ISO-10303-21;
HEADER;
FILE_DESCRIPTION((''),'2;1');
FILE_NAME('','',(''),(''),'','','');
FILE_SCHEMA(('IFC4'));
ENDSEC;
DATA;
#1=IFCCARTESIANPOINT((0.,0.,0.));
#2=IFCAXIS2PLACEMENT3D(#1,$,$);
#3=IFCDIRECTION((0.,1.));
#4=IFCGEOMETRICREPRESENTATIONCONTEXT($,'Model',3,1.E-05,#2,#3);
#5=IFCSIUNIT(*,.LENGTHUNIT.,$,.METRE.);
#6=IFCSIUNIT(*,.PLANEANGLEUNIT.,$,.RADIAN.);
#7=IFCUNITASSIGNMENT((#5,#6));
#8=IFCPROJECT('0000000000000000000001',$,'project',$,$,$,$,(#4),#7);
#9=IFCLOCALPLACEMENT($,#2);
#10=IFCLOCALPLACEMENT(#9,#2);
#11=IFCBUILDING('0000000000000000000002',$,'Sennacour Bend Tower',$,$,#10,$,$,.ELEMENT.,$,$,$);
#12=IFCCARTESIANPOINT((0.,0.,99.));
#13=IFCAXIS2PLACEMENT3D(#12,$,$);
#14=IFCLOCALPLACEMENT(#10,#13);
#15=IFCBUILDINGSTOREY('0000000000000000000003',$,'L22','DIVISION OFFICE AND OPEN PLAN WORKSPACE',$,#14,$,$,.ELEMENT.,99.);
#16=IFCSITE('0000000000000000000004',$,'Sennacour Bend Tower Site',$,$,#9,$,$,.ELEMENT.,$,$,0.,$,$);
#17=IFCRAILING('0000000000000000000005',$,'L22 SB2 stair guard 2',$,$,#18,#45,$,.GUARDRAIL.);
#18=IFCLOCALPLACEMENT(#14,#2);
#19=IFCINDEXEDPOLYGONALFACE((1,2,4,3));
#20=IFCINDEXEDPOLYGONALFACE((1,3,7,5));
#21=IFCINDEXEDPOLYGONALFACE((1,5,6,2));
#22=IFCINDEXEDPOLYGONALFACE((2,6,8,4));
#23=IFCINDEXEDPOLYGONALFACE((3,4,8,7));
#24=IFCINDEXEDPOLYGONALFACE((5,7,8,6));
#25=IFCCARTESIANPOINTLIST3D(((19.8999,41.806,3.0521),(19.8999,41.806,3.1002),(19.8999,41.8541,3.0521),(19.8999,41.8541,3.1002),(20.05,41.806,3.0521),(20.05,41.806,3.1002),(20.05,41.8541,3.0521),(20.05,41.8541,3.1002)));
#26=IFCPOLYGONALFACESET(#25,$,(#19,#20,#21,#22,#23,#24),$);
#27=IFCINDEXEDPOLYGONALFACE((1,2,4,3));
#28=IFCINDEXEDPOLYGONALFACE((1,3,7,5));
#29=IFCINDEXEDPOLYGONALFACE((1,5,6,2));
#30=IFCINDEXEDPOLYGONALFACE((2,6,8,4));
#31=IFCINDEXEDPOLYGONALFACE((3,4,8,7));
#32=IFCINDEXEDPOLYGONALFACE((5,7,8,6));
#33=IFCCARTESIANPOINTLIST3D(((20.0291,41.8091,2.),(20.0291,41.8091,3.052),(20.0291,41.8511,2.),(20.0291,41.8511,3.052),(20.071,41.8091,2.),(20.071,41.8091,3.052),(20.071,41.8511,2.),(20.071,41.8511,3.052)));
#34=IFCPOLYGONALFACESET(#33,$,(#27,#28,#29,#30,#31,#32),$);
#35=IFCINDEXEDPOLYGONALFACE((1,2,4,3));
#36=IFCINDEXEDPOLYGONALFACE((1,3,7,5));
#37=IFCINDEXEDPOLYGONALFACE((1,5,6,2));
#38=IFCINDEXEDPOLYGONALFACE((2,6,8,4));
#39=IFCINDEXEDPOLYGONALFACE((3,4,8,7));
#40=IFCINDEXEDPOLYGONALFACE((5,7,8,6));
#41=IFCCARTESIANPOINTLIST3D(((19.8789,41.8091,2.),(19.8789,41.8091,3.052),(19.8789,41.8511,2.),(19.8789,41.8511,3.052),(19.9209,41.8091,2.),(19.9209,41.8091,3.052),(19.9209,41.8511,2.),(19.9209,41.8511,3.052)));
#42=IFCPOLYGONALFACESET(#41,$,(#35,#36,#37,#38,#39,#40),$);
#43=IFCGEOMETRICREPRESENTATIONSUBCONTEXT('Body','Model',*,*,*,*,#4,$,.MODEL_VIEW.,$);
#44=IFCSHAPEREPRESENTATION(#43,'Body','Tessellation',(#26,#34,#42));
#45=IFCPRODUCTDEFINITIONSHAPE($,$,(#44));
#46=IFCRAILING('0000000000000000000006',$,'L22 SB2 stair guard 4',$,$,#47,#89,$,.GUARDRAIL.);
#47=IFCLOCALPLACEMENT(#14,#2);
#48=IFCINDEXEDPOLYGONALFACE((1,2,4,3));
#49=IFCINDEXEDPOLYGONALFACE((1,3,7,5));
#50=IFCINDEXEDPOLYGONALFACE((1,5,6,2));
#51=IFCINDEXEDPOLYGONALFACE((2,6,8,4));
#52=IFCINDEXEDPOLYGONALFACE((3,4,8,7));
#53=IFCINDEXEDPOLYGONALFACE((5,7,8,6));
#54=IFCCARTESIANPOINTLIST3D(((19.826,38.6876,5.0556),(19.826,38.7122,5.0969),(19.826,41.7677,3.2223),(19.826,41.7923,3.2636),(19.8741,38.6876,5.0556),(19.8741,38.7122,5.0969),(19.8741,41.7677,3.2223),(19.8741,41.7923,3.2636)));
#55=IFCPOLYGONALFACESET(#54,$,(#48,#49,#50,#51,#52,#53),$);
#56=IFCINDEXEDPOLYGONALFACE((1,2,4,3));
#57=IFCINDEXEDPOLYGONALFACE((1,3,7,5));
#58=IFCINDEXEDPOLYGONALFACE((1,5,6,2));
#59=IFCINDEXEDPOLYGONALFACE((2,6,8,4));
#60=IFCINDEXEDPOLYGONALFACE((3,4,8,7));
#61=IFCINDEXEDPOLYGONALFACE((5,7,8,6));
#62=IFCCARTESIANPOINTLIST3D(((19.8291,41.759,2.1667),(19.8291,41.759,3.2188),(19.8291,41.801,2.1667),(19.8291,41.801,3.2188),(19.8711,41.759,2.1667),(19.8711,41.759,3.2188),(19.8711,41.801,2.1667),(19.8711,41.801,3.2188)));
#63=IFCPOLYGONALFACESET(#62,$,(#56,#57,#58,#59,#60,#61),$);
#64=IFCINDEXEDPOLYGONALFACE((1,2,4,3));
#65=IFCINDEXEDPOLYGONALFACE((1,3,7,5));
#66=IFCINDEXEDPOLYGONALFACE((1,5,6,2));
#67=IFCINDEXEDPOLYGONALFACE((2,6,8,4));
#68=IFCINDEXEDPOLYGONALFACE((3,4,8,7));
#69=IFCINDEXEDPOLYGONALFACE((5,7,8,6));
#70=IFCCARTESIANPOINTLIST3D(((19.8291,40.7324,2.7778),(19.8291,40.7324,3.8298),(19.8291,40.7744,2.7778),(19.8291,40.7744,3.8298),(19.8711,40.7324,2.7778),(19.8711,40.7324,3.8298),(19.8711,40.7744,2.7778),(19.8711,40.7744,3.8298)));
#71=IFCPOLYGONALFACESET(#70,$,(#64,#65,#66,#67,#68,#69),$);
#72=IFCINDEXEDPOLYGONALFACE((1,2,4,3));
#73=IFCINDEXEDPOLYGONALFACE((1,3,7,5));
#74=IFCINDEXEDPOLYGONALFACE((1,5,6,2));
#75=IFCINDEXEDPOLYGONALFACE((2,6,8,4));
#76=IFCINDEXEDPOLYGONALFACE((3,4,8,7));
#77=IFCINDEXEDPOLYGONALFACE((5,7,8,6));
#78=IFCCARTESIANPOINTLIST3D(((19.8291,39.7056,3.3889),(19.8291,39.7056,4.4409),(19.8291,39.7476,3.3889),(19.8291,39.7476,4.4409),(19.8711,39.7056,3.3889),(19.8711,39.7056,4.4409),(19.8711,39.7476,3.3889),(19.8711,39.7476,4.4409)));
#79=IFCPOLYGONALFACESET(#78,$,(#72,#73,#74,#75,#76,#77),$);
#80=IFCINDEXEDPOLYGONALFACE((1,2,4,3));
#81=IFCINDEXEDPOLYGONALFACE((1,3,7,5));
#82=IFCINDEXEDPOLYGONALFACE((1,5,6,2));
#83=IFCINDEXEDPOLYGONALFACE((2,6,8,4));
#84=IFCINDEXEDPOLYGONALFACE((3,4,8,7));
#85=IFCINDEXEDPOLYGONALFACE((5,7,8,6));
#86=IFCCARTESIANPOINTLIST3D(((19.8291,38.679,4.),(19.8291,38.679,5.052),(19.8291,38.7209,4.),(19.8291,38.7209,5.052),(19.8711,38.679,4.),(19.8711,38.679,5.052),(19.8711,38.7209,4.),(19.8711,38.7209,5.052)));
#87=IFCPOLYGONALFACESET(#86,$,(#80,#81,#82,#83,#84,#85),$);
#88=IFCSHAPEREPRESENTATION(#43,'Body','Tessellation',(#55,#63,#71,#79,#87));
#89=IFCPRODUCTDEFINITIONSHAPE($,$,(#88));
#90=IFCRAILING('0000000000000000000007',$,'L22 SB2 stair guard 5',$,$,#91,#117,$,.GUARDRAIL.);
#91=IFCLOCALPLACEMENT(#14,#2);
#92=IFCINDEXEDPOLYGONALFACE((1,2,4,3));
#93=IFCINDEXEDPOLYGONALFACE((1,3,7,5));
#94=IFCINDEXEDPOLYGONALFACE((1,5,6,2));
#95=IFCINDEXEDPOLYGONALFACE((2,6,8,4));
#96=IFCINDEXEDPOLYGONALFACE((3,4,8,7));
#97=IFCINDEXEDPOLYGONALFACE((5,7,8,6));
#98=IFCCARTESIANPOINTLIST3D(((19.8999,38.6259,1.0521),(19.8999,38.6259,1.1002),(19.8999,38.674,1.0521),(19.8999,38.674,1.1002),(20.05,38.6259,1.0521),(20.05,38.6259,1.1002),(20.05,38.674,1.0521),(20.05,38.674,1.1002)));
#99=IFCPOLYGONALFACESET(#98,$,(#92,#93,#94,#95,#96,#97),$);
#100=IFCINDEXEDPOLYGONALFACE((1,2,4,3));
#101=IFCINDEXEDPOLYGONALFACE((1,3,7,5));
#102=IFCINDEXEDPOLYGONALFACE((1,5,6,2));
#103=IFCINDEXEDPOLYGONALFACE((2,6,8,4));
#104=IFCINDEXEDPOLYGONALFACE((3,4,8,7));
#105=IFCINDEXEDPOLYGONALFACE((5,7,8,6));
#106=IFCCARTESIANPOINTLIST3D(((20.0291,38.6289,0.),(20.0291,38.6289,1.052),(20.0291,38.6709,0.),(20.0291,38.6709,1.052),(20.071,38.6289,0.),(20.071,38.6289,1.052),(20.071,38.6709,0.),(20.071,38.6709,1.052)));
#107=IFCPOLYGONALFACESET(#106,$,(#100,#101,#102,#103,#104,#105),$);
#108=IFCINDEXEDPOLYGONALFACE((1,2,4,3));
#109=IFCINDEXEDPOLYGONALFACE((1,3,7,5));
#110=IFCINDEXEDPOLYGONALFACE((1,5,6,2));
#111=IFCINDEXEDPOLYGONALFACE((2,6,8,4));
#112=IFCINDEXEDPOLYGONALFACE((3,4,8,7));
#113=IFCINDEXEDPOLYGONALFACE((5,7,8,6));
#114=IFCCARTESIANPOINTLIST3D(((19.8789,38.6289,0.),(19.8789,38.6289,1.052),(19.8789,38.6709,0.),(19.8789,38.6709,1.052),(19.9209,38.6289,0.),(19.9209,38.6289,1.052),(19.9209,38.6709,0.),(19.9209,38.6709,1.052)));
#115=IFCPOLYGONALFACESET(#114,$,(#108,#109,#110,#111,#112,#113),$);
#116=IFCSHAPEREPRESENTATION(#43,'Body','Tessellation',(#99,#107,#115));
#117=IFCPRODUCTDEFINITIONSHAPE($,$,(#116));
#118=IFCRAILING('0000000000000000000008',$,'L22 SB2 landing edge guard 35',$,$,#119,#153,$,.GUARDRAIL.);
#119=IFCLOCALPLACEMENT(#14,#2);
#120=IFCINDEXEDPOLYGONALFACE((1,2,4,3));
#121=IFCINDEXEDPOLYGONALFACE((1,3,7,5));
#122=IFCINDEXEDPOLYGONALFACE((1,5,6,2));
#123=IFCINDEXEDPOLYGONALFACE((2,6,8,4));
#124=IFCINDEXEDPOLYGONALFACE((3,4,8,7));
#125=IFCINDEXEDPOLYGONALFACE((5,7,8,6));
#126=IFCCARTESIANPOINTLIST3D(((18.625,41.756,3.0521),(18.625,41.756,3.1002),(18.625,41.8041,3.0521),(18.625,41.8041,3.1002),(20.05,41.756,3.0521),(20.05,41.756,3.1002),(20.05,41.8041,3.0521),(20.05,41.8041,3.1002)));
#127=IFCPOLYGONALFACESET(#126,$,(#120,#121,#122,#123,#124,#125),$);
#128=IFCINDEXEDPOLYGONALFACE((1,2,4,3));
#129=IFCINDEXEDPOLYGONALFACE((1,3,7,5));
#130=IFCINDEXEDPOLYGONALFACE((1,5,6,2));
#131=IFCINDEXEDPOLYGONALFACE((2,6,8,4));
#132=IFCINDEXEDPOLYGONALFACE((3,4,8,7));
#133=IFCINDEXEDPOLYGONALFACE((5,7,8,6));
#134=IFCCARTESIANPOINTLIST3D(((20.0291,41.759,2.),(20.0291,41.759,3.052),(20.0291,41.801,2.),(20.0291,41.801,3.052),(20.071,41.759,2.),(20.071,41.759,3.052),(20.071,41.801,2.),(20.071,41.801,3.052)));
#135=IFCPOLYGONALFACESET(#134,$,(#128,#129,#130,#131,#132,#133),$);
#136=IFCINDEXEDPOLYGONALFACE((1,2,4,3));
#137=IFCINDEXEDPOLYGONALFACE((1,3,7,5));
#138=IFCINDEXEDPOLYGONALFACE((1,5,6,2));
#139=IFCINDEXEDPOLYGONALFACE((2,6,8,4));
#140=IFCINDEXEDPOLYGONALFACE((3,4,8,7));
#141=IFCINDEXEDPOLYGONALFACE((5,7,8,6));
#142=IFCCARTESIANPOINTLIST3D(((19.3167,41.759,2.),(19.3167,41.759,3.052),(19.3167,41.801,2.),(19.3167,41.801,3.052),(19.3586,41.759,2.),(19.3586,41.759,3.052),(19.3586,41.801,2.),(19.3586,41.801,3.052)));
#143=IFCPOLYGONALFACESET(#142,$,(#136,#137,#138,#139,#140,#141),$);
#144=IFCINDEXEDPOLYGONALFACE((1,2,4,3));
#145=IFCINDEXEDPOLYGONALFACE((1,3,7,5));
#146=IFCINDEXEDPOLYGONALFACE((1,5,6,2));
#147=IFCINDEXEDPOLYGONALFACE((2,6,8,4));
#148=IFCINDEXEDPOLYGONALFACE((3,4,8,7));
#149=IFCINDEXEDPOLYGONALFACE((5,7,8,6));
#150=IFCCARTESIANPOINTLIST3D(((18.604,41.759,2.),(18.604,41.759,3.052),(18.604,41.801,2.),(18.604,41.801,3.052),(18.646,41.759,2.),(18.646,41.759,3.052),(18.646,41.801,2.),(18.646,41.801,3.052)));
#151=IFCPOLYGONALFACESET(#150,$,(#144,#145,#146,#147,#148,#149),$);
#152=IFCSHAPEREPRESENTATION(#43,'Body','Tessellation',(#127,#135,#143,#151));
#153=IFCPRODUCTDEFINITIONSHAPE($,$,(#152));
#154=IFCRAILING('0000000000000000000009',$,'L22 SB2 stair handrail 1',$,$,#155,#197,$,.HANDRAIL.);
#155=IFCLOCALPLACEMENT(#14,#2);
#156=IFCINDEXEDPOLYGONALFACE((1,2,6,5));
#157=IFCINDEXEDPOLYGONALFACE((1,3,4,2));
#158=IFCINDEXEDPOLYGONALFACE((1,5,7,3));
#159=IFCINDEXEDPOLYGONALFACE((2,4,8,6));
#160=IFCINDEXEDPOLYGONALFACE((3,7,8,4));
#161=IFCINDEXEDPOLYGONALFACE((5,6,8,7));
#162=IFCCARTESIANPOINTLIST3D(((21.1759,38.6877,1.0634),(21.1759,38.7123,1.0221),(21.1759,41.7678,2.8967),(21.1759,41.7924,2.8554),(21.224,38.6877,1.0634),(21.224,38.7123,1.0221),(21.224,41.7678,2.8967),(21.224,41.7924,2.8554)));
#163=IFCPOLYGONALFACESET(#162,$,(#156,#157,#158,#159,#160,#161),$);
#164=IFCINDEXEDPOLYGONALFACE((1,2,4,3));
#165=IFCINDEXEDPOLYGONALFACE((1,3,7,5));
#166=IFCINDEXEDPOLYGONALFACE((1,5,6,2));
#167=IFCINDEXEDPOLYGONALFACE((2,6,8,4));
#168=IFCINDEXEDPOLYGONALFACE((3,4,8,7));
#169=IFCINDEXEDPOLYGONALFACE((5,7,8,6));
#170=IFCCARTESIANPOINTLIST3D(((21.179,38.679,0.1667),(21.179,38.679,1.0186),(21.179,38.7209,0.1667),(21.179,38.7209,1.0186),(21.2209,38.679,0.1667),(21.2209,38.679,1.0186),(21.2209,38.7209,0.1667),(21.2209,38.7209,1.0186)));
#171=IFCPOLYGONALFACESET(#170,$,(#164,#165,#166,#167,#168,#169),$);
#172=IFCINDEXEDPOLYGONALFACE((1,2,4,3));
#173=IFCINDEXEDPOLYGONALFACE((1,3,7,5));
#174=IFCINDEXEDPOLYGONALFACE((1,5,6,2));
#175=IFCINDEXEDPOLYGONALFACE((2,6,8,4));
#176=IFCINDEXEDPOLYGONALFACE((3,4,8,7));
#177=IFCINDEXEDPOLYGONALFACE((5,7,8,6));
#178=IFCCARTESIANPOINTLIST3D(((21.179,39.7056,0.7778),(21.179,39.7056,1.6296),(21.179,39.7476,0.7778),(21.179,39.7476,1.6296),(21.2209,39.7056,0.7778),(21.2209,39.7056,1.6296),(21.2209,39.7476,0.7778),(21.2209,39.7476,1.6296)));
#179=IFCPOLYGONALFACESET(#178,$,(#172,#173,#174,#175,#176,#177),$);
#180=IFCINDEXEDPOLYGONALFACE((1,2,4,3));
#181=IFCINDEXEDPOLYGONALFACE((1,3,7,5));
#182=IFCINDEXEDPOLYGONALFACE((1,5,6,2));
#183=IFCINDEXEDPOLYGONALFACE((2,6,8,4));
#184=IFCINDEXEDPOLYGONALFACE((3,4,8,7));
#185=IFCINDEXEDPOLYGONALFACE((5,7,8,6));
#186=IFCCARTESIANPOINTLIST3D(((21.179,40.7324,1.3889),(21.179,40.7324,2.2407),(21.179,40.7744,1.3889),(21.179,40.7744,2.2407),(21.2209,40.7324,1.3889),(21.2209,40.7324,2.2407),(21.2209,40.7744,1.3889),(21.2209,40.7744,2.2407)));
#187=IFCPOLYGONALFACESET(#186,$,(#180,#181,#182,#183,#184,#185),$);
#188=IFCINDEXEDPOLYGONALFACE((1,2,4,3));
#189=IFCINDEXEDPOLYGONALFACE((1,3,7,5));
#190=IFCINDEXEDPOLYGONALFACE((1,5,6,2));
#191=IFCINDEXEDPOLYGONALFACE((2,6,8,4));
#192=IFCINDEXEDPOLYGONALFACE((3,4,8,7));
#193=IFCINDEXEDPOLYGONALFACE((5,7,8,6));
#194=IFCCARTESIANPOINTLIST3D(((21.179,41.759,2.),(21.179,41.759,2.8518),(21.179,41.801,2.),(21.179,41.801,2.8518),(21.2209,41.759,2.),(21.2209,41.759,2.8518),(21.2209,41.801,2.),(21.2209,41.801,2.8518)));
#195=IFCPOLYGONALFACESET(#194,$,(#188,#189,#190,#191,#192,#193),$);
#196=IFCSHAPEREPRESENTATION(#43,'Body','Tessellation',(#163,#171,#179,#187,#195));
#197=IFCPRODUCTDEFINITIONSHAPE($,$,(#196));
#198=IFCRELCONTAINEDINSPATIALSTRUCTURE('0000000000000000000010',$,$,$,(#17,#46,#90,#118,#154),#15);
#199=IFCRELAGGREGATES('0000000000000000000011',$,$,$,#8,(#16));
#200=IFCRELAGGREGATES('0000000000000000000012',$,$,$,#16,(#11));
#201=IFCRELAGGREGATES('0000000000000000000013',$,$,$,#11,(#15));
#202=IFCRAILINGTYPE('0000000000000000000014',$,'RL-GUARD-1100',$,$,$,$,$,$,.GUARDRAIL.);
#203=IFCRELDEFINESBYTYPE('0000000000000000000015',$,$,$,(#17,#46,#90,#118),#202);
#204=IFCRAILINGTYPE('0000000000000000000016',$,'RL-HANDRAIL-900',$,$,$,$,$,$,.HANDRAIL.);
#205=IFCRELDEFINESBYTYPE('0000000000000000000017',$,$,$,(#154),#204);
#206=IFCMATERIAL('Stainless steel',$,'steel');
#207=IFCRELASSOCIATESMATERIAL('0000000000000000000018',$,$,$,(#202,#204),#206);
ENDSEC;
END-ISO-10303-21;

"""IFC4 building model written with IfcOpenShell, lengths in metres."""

from ifc_helpers import new_model, si_unit, direction, frame, origin, origin_2d, place, context, subcontext, project, spatial, rectangle, extrude, material, type_object, element, save


model = new_model("IFC4")

# Units and contexts
model_context = context("Model", 3, precision=1e-05, world=origin(), true_north=direction((0.0, 1.0)))
body_context = subcontext(model_context, "Body", "Model", "MODEL_VIEW")
ifc_project = project(units=[si_unit("LENGTHUNIT", "METRE"), si_unit("PLANEANGLEUNIT", "RADIAN")], contexts=[model_context])

# Site, building, storey
site_placement = place(None, origin())
site = spatial("IfcSite", under=ifc_project, at=site_placement, Name="Sennacour Bend Tower Site", CompositionType="ELEMENT", RefElevation=0.0)
building_placement = place(site_placement, origin())
building = spatial("IfcBuilding", under=site, at=building_placement, Name="Sennacour Bend Tower", CompositionType="ELEMENT")
storey_placement = place(building_placement, frame((0.0, 0.0, 99.0)))
storey = spatial("IfcBuildingStorey", under=building, at=storey_placement, Name="L22", Description="DIVISION OFFICE AND OPEN PLAN WORKSPACE", CompositionType="ELEMENT", Elevation=99.0)

# Shared definitions
ifc_material_1 = material(Name="Stainless steel", Category="steel")

# Railings
railing_type_1 = type_object("IfcRailingType", Name="RL-GUARD-1100", PredefinedType="GUARDRAIL", material=ifc_material_1)
railing_1_placement = place(storey_placement, frame((20.05, 41.8301, 2.0)))
element("IfcRailing", 1, at=railing_1_placement, inside=storey, type_object=railing_type_1, Name="L22 SB2 stair guard 2", PredefinedType="GUARDRAIL", context=body_context, shape_type="SweptSolid", body=[
    extrude(rectangle(XDim=0.0481, YDim=0.0481, at=origin_2d()), frame((0.0, 0.0, 1.0762), z_axis=(-1.0, 0.0, 0.0), x_axis=(0.0, -1.0, 0.0)), (0.0, 0.0, 1.0), 0.1501),
    extrude(rectangle(XDim=0.042, YDim=0.042, at=origin_2d()), origin(), (0.0, 0.0, 1.0), 1.052),
    extrude(rectangle(XDim=0.042, YDim=0.042, at=origin_2d()), frame((-0.1501, 0.0, 0.0)), (0.0, 0.0, 1.0), 1.052),
])
railing_2_placement = place(storey_placement, frame((19.8501, 41.78, 2.1667)))
element("IfcRailing", 2, at=railing_2_placement, inside=storey, type_object=railing_type_1, Name="L22 SB2 stair guard 4", PredefinedType="GUARDRAIL", context=body_context, shape_type="SweptSolid", body=[
    extrude(rectangle(XDim=0.0481, YDim=0.0481, at=origin_2d()), frame((0.0, 0.0, 1.0762), z_axis=(0.0, -0.859309, 0.511458), x_axis=(1.0, 0.0, 0.0)), (0.0, 0.0, 1.0), 3.5845),
    extrude(rectangle(XDim=0.042, YDim=0.042, at=origin_2d()), origin(), (0.0, 0.0, 1.0), 1.052),
    extrude(rectangle(XDim=0.042, YDim=0.042, at=origin_2d()), frame((0.0, -1.0266, 0.6111)), (0.0, 0.0, 1.0), 1.052),
    extrude(rectangle(XDim=0.042, YDim=0.042, at=origin_2d()), frame((0.0, -2.0535, 1.2222)), (0.0, 0.0, 1.0), 1.052),
    extrude(rectangle(XDim=0.042, YDim=0.042, at=origin_2d()), frame((0.0, -3.0801, 1.8333)), (0.0, 0.0, 1.0), 1.052),
])
railing_3_placement = place(storey_placement, frame((20.05, 38.6499, 0.0)))
element("IfcRailing", 3, at=railing_3_placement, inside=storey, type_object=railing_type_1, Name="L22 SB2 stair guard 5", PredefinedType="GUARDRAIL", context=body_context, shape_type="SweptSolid", body=[
    extrude(rectangle(XDim=0.0481, YDim=0.0481, at=origin_2d()), frame((0.0, 0.0, 1.0762), z_axis=(-1.0, 0.0, 0.0), x_axis=(0.0, -1.0, 0.0)), (0.0, 0.0, 1.0), 0.1501),
    extrude(rectangle(XDim=0.042, YDim=0.042, at=origin_2d()), origin(), (0.0, 0.0, 1.0), 1.052),
    extrude(rectangle(XDim=0.042, YDim=0.042, at=origin_2d()), frame((-0.1501, 0.0, 0.0)), (0.0, 0.0, 1.0), 1.052),
])
railing_4_placement = place(storey_placement, frame((20.05, 41.78, 2.0)))
element("IfcRailing", 4, at=railing_4_placement, inside=storey, type_object=railing_type_1, Name="L22 SB2 landing edge guard 35", PredefinedType="GUARDRAIL", context=body_context, shape_type="SweptSolid", body=[
    extrude(rectangle(XDim=0.0481, YDim=0.0481, at=origin_2d()), frame((0.0, 0.0, 1.0762), z_axis=(-1.0, 0.0, 0.0), x_axis=(0.0, -1.0, 0.0)), (0.0, 0.0, 1.0), 1.425),
    extrude(rectangle(XDim=0.042, YDim=0.042, at=origin_2d()), origin(), (0.0, 0.0, 1.0), 1.052),
    extrude(rectangle(XDim=0.042, YDim=0.042, at=origin_2d()), frame((-0.7124, 0.0, 0.0)), (0.0, 0.0, 1.0), 1.052),
    extrude(rectangle(XDim=0.042, YDim=0.042, at=origin_2d()), frame((-1.425, 0.0, 0.0)), (0.0, 0.0, 1.0), 1.052),
])
railing_type_2 = type_object("IfcRailingType", Name="RL-HANDRAIL-900", PredefinedType="HANDRAIL", material=ifc_material_1)
railing_5_placement = place(storey_placement, frame((21.2, 38.7, 0.1667)))
element("IfcRailing", 5, at=railing_5_placement, inside=storey, type_object=railing_type_2, Name="L22 SB2 stair handrail 1", PredefinedType="HANDRAIL", context=body_context, shape_type="SweptSolid", body=[
    extrude(rectangle(XDim=0.0481, YDim=0.0481, at=origin_2d()), frame((0.0, 0.0, 0.876), z_axis=(0.0, 0.859309, 0.511458), x_axis=(-1.0, 0.0, 0.0)), (0.0, 0.0, 1.0), 3.5845),
    extrude(rectangle(XDim=0.042, YDim=0.042, at=origin_2d()), origin(), (0.0, 0.0, 1.0), 0.8518),
    extrude(rectangle(XDim=0.042, YDim=0.042, at=origin_2d()), frame((0.0, 1.0266, 0.6111)), (0.0, 0.0, 1.0), 0.8518),
    extrude(rectangle(XDim=0.042, YDim=0.042, at=origin_2d()), frame((0.0, 2.0535, 1.2222)), (0.0, 0.0, 1.0), 0.8518),
    extrude(rectangle(XDim=0.042, YDim=0.042, at=origin_2d()), frame((0.0, 3.0801, 1.8333)), (0.0, 0.0, 1.0), 0.8518),
])

save(model, "model.ifc")
